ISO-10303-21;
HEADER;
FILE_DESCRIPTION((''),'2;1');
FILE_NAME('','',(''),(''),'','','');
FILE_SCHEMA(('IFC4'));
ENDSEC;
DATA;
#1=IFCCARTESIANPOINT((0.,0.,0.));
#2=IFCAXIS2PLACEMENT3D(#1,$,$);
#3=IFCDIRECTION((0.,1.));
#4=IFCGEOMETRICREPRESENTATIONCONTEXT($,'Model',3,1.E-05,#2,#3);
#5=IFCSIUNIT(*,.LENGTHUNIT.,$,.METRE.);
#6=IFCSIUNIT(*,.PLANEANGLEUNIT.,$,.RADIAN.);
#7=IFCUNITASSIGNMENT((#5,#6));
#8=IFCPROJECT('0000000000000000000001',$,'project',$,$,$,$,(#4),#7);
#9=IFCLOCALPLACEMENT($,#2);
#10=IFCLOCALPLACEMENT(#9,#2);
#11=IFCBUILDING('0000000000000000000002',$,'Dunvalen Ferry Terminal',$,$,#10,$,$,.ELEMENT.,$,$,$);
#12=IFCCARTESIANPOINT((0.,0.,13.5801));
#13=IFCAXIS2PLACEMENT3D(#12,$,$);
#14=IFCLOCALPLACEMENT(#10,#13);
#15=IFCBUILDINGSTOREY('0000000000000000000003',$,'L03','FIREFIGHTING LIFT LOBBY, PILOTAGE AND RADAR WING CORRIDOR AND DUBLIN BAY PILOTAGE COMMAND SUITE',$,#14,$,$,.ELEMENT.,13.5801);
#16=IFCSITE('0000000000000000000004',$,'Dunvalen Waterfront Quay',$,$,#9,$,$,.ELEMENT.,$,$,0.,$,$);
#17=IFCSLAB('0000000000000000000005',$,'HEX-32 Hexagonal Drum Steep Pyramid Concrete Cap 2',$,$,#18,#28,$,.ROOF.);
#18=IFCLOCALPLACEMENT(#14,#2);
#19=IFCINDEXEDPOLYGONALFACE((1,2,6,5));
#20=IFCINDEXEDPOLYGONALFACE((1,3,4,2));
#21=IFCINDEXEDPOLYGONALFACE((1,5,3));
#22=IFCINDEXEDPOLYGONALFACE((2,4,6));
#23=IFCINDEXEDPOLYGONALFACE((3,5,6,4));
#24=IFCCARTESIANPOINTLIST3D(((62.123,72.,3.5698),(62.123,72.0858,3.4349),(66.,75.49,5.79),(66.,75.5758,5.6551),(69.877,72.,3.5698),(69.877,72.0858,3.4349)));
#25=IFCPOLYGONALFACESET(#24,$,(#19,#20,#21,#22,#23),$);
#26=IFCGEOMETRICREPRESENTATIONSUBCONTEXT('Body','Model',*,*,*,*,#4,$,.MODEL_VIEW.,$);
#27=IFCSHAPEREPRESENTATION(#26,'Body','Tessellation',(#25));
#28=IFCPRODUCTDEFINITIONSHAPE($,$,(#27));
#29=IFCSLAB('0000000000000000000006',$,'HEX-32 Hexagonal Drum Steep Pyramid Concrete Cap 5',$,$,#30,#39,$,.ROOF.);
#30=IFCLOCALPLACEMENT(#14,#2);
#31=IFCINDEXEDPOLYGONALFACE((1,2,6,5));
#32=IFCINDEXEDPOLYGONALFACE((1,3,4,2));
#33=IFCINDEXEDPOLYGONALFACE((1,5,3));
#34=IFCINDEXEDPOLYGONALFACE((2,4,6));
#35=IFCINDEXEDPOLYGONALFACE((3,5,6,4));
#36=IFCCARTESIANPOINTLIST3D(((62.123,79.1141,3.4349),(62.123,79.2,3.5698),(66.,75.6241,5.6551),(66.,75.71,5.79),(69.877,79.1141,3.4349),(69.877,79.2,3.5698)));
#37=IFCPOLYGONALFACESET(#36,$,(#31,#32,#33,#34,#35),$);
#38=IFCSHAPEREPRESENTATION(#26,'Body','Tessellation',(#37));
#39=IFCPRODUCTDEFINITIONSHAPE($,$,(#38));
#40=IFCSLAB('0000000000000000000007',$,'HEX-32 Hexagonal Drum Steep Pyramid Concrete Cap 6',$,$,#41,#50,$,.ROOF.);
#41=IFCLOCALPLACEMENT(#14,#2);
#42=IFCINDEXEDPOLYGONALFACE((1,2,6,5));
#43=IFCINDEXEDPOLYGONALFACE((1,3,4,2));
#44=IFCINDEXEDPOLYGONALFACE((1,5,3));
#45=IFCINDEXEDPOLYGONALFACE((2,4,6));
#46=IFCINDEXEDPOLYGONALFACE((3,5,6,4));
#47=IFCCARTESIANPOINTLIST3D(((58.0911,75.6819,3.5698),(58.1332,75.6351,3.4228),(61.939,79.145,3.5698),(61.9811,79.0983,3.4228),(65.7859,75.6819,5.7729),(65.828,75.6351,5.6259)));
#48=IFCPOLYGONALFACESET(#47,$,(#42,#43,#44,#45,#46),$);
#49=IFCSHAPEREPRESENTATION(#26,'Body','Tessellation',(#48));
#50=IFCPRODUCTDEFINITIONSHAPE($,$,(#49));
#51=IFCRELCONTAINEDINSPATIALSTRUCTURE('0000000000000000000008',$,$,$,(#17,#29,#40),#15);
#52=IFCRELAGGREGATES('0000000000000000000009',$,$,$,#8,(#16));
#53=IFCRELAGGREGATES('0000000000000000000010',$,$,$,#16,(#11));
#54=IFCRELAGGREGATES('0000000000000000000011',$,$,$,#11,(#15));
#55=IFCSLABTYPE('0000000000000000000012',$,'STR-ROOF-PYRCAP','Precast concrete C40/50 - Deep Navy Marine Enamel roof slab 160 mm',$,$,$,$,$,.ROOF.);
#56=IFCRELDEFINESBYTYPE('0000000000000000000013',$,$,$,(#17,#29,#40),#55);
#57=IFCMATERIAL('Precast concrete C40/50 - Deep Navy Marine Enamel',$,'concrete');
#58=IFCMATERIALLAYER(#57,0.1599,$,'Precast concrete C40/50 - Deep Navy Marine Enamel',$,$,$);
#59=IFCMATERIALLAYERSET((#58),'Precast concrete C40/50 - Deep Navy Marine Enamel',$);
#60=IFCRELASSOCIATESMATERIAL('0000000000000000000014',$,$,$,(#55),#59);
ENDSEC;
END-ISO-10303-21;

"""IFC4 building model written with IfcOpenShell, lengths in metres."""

from ifc_helpers import new_model, si_unit, direction, frame, origin, place, context, subcontext, project, spatial, polyline, outline, extrude, material, layer, layer_set, type_object, element, save


model = new_model("IFC4")

# Units and contexts
model_context = context("Model", 3, precision=1e-05, world=origin(), true_north=direction((0.0, 1.0)))
body_context = subcontext(model_context, "Body", "Model", "MODEL_VIEW")
ifc_project = project(units=[si_unit("LENGTHUNIT", "METRE"), si_unit("PLANEANGLEUNIT", "RADIAN")], contexts=[model_context])

# Site, building, storey
site_placement = place(None, origin())
site = spatial("IfcSite", under=ifc_project, at=site_placement, Name="Dunvalen Waterfront Quay", CompositionType="ELEMENT", RefElevation=0.0)
building_placement = place(site_placement, origin())
building = spatial("IfcBuilding", under=site, at=building_placement, Name="Dunvalen Ferry Terminal", CompositionType="ELEMENT")
storey_placement = place(building_placement, frame((0.0, 0.0, 13.5801)))
storey = spatial("IfcBuildingStorey", under=building, at=storey_placement, Name="L03", Description="FIREFIGHTING LIFT LOBBY, PILOTAGE AND RADAR WING CORRIDOR AND DUBLIN BAY PILOTAGE COMMAND SUITE", CompositionType="ELEMENT", Elevation=13.5801)

# Slabs
ifc_material_1 = material(Name="Precast concrete C40/50 - Deep Navy Marine Enamel", Category="concrete")
ifc_layer = layer(ifc_material_1, 0.1599, Name="Precast concrete C40/50 - Deep Navy Marine Enamel")
ifc_layer_set = layer_set([ifc_layer], Name="Precast concrete C40/50 - Deep Navy Marine Enamel")
slab_type = type_object("IfcSlabType", Name="STR-ROOF-PYRCAP", Description="Precast concrete C40/50 - Deep Navy Marine Enamel roof slab 160 mm", PredefinedType="ROOF", material=ifc_layer_set)
for number, where, z_axis, x_axis, name in (
    (1, (62.123, 72.0, 3.5698), (0.0, -0.536757, 0.843737), (1.0, 0.0, 0.0), "HEX-32 Hexagonal Drum Steep Pyramid Concrete Cap 2"),
    (2, (69.877, 79.2, 3.5698), (0.0, 0.536757, 0.843737), (-1.0, 0.0, 0.0), "HEX-32 Hexagonal Drum Steep Pyramid Concrete Cap 5"),
):
    element("IfcSlab", number, at=place(storey_placement, frame(where, z_axis=z_axis, x_axis=x_axis)), inside=storey, type_object=slab_type, Name=name, PredefinedType="ROOF", context=body_context, shape_type="SweptSolid", body=[
        extrude(outline(polyline([(0.0, 0.0), (7.7539, 0.0), (3.877, 4.1363), (0.0, 0.0)])), origin(), (0.0, 0.0, -1.0), 0.1599),
    ])
slab_1_placement = place(storey_placement, frame((61.939, 79.145, 3.5698), z_axis=(-0.263218, 0.292462, 0.919338), x_axis=(-0.743292, -0.668967, 0.0)))
element("IfcSlab", 3, at=slab_1_placement, inside=storey, type_object=slab_type, Name="HEX-32 Hexagonal Drum Steep Pyramid Concrete Cap 6", PredefinedType="ROOF", context=body_context, shape_type="SweptSolid", body=[
    extrude(outline(polyline([(0.0, 0.0), (5.1768, 0.0), (-0.5427, 5.5992), (0.0, 0.0)])), origin(), (0.0, 0.0, -1.0), 0.1599),
])

save(model, "model.ifc")
